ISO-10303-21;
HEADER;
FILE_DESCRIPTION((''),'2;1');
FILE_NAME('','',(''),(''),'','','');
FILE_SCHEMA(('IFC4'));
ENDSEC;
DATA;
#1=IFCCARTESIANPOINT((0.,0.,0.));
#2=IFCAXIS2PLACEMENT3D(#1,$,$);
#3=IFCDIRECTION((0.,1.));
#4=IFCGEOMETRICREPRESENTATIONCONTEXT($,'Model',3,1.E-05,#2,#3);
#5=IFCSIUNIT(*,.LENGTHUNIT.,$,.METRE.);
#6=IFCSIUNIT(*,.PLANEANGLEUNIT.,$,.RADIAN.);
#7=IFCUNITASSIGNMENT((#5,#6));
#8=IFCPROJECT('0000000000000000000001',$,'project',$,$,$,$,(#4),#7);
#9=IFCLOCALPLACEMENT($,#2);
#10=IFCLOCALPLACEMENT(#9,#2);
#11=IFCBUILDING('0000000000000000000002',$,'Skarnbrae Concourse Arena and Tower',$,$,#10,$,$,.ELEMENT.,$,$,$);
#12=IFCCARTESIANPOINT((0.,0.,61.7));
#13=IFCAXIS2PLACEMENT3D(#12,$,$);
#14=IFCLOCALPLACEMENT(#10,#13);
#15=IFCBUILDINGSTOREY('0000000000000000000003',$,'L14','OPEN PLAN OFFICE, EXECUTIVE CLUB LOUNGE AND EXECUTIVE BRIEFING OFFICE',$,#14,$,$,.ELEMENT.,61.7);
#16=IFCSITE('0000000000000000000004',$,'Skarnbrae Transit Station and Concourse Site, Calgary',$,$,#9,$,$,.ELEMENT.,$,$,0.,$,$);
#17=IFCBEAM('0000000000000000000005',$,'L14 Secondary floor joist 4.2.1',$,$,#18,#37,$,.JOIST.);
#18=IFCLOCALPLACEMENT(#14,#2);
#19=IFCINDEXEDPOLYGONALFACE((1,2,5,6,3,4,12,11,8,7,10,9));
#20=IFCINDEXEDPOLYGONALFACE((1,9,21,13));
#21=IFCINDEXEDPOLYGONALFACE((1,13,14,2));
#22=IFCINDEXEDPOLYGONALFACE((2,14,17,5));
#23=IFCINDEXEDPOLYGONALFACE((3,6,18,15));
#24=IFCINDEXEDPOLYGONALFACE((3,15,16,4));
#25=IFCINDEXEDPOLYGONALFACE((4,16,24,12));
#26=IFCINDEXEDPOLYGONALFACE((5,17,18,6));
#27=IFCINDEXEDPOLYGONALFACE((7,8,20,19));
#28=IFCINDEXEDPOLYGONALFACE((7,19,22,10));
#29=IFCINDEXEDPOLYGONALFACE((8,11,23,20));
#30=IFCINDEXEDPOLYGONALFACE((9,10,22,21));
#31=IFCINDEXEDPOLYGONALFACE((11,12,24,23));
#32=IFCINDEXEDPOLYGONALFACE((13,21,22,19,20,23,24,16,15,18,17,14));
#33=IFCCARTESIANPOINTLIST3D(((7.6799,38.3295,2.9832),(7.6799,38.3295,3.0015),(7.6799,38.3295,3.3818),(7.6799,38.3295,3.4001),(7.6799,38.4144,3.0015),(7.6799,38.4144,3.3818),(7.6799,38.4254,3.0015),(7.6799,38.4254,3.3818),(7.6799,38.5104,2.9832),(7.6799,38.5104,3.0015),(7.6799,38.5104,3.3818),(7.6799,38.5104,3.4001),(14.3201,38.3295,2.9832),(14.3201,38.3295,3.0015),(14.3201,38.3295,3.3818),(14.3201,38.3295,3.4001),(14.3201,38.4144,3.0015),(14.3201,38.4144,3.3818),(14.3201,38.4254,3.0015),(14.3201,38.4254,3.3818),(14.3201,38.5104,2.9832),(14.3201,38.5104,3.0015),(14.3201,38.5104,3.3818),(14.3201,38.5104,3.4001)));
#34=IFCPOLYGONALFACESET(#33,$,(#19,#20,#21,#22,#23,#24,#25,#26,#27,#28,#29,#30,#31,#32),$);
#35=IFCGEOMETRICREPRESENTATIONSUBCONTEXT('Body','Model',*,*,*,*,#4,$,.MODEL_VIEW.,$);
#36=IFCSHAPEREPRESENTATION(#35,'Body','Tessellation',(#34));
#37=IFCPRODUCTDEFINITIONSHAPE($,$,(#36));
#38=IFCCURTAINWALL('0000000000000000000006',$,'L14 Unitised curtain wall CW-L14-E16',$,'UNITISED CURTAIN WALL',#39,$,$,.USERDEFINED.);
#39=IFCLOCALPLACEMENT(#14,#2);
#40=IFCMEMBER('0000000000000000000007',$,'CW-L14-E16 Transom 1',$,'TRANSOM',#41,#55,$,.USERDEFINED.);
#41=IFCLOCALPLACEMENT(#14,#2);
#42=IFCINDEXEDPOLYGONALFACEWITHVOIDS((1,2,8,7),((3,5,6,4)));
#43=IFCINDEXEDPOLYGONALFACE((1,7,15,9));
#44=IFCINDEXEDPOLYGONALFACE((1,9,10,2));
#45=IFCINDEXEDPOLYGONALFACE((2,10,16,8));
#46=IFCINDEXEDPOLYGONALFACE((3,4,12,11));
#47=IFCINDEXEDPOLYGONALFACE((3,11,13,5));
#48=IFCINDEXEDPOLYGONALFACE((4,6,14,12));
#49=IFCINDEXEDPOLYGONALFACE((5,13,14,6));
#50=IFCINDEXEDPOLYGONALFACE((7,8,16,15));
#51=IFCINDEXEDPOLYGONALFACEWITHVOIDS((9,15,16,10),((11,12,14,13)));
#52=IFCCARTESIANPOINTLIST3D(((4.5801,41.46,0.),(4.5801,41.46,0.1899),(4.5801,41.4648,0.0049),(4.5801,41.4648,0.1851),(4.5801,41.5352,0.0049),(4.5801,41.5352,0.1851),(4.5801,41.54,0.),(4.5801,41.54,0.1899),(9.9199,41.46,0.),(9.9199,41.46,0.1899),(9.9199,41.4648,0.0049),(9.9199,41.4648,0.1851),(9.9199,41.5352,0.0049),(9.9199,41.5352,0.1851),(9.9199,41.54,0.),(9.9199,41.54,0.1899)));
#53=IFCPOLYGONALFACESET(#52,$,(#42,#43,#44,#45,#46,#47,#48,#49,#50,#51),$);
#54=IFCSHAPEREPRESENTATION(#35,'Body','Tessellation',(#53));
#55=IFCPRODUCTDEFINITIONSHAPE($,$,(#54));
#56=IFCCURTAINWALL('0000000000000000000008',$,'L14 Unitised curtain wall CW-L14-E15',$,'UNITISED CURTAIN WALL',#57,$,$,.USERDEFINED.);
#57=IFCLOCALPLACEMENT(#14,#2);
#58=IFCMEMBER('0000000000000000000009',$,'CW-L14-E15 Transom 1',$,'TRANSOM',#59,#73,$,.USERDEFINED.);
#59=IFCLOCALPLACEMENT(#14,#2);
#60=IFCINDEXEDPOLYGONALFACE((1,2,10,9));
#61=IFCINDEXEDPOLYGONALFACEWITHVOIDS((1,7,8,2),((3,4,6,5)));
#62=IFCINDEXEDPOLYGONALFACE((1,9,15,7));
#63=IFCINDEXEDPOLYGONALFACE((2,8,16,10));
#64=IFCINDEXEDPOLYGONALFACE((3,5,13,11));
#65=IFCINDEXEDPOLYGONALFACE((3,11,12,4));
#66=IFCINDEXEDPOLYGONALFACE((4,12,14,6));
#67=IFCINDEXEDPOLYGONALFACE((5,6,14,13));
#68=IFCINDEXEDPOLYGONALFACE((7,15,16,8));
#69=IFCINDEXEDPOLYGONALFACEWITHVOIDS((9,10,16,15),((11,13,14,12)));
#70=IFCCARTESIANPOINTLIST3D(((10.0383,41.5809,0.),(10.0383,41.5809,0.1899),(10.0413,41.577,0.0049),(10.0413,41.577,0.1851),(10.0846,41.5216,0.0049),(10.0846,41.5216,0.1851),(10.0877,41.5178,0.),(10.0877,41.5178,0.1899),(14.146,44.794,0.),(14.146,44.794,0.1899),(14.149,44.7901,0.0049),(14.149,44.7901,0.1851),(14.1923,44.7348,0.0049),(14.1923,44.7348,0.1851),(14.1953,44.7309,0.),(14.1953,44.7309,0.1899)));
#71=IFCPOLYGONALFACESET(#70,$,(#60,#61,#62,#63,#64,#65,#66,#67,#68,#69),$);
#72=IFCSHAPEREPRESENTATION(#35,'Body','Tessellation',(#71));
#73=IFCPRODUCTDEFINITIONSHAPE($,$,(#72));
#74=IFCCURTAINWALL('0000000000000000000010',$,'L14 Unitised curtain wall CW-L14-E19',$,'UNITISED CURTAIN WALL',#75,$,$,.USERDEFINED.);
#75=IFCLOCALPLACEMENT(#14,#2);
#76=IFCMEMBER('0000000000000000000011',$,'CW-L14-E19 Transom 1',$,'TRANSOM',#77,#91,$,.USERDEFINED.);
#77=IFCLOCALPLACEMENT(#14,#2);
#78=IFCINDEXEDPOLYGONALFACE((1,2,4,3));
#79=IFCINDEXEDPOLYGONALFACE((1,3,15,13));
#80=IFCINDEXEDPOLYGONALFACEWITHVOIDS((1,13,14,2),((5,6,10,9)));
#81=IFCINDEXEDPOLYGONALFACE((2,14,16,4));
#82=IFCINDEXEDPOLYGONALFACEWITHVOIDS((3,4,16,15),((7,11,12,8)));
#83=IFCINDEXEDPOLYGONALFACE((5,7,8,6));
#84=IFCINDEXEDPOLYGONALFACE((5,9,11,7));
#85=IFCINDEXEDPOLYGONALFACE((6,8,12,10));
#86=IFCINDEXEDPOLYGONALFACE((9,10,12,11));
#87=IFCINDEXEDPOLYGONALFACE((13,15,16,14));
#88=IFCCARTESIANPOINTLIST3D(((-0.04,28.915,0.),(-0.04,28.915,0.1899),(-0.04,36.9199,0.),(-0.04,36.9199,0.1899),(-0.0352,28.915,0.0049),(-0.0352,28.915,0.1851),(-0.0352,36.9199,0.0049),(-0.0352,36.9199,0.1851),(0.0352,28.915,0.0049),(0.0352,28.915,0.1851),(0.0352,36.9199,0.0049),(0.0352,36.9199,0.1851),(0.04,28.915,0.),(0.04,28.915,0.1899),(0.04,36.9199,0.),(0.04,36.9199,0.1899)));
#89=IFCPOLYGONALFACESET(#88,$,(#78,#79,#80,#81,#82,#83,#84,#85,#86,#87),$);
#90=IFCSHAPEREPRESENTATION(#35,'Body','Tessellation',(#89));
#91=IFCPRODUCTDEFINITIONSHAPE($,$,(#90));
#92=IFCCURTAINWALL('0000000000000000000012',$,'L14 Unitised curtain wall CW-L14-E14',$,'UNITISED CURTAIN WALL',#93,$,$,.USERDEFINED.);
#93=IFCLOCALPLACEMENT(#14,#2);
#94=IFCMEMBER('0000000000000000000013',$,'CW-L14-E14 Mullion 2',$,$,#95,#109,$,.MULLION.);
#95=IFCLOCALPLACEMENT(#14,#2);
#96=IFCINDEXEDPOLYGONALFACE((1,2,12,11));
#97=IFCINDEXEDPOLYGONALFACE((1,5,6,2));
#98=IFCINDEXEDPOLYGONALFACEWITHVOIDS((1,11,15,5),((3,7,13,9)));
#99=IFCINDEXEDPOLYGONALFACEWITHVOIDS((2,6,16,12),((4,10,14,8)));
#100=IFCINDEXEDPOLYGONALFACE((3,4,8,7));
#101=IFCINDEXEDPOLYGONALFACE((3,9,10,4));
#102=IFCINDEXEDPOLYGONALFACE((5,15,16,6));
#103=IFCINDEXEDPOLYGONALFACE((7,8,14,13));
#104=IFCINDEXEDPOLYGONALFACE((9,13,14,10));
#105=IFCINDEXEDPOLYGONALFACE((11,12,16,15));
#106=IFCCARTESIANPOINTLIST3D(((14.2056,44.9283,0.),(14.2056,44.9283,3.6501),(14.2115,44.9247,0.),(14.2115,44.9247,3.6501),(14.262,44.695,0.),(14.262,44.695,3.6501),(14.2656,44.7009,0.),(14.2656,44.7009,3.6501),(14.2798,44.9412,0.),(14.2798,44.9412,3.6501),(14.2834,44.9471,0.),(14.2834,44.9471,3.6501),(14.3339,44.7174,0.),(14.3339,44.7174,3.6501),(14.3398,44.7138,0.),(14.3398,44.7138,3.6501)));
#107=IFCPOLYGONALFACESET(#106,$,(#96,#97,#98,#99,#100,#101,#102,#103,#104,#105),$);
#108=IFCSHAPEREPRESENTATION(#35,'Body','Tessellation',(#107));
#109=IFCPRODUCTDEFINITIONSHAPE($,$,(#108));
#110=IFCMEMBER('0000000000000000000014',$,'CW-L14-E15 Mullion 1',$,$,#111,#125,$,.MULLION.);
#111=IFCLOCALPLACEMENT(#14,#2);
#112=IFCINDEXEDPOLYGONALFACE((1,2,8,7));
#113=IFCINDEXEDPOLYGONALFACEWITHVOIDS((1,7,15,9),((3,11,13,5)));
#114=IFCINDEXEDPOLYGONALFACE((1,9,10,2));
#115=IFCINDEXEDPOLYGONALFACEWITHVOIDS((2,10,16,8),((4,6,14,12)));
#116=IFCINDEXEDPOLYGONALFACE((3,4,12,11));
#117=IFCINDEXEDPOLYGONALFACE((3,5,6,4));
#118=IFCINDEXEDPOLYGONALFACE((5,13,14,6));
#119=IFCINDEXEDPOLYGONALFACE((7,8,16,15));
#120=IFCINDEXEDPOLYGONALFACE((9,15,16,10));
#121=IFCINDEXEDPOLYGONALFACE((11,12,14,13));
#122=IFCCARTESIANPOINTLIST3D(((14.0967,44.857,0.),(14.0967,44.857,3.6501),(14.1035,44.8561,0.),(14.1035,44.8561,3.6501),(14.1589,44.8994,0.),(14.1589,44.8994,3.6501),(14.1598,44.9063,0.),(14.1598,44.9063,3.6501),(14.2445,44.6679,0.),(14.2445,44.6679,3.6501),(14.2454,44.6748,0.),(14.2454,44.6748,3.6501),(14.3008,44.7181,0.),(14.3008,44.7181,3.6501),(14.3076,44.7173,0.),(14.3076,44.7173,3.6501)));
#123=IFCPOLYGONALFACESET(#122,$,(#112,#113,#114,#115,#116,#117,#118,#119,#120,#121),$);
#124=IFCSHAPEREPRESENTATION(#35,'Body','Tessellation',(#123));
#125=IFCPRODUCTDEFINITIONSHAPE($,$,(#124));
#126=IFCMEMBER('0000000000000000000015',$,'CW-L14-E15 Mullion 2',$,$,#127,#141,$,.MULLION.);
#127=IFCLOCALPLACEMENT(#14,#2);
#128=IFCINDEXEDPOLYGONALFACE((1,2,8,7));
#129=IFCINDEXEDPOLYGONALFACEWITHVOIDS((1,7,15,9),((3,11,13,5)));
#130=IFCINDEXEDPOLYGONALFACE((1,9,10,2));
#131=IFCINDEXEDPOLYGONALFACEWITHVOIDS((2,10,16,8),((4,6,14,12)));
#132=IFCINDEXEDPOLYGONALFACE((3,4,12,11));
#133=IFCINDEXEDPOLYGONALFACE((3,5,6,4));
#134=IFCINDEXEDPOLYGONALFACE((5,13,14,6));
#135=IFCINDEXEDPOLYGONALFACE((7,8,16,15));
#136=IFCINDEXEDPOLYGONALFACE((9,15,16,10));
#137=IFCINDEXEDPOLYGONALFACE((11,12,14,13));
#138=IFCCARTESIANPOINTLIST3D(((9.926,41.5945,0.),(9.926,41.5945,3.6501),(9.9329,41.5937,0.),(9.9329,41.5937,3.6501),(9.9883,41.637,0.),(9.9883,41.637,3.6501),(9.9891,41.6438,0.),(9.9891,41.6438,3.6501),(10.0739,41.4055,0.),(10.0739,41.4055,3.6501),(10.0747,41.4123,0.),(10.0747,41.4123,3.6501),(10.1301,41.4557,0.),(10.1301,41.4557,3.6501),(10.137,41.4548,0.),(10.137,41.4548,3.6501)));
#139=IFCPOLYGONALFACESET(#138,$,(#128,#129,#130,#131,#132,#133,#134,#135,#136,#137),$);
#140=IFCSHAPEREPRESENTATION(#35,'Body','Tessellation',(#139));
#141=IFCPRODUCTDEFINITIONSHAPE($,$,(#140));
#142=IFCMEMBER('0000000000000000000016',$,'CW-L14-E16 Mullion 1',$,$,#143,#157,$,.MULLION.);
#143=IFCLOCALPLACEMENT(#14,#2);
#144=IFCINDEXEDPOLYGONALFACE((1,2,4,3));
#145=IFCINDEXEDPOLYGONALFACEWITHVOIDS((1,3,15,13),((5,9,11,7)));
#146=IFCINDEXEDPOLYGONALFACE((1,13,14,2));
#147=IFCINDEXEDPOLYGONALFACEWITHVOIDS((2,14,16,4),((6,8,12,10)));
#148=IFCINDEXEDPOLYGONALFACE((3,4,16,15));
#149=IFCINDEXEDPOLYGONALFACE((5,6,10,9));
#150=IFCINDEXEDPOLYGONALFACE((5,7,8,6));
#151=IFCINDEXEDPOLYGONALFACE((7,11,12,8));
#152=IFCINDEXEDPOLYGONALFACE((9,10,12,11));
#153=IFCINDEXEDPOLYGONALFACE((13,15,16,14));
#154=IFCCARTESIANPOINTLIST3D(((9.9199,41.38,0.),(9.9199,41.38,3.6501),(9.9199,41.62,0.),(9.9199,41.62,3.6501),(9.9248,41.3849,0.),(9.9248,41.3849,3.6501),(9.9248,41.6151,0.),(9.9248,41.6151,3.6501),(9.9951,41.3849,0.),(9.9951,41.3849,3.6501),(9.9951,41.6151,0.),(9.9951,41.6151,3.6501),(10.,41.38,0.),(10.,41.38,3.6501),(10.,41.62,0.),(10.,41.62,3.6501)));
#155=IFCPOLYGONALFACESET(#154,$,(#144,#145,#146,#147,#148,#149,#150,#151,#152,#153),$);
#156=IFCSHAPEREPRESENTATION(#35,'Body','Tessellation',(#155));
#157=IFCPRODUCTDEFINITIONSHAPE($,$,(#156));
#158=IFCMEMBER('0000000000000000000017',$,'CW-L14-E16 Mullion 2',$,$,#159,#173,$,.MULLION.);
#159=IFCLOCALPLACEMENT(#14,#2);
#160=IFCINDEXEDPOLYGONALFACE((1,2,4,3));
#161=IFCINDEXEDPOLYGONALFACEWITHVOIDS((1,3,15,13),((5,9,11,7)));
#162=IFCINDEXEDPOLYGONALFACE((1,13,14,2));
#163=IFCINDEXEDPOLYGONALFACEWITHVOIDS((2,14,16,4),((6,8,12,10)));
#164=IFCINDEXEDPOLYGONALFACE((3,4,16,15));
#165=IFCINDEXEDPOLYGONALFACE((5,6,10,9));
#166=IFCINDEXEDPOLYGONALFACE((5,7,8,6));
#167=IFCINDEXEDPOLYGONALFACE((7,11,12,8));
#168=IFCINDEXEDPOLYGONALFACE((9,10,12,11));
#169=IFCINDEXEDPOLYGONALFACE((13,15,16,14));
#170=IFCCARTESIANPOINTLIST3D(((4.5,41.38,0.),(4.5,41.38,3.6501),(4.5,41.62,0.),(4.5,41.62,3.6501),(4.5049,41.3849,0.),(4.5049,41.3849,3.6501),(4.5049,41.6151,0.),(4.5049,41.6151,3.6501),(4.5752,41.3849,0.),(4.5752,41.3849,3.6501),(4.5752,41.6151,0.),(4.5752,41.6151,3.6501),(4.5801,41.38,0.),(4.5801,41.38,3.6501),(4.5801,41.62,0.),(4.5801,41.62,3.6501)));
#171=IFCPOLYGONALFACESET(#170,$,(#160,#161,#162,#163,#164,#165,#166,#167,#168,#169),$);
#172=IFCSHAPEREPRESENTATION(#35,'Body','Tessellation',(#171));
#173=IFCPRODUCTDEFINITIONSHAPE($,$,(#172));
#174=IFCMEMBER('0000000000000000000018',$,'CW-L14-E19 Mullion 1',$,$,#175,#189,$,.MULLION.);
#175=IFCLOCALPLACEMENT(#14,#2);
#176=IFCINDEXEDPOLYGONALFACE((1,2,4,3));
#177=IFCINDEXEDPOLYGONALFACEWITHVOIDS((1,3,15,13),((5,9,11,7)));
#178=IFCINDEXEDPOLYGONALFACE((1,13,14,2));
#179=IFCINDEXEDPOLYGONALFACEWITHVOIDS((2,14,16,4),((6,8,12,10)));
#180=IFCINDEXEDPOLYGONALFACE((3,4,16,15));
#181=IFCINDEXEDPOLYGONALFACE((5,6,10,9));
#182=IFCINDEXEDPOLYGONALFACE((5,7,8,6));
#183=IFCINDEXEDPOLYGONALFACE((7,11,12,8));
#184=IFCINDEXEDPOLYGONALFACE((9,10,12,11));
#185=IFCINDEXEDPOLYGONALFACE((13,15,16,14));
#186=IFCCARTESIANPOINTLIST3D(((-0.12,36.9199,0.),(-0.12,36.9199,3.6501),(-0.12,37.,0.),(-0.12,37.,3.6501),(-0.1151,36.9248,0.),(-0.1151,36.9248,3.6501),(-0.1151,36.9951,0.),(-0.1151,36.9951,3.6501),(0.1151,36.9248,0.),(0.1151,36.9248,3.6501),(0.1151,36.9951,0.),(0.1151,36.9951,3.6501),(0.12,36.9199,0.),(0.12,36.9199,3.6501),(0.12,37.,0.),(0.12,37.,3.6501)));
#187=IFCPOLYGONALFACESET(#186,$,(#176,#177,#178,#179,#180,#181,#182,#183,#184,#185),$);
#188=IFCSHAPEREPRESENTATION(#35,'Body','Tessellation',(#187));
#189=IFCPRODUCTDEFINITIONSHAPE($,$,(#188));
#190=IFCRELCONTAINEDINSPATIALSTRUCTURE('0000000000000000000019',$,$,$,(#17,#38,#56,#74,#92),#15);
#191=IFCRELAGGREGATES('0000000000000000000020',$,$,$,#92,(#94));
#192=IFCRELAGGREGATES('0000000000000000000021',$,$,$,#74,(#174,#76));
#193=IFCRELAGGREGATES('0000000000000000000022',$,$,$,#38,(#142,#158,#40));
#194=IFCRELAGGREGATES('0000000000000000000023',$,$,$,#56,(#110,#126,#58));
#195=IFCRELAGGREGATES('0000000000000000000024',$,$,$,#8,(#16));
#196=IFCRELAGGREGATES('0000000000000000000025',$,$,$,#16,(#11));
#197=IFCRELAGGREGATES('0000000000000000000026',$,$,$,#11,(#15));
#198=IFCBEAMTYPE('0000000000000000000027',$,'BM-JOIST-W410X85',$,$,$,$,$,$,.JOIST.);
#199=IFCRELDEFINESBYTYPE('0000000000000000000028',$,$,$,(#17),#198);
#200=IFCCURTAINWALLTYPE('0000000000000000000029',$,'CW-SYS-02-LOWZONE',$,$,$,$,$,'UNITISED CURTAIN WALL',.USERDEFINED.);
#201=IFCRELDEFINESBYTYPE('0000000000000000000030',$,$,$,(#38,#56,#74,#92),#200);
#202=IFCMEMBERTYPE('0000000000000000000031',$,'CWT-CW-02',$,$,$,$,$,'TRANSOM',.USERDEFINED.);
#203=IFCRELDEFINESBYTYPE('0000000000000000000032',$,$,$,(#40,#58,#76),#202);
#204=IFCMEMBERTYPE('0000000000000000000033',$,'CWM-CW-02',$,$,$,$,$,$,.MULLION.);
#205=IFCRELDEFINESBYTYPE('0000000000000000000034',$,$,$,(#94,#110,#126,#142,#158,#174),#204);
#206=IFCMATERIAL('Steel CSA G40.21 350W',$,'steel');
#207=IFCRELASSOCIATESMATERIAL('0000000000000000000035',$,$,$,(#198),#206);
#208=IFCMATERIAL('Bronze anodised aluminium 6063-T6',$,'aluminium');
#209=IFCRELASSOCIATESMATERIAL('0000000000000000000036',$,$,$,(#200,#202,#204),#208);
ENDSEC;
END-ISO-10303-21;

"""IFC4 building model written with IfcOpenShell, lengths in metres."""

from ifc_helpers import new_model, si_unit, direction, frame, origin, origin_2d, place, context, subcontext, project, spatial, hollow_rectangle, i_section, extrude, source, transform, mapped, material, material_profile, profile_set, type_object, element, aggregate, save


model = new_model("IFC4")

# Units and contexts
model_context = context("Model", 3, precision=1e-05, world=origin(), true_north=direction((0.0, 1.0)))
body_context = subcontext(model_context, "Body", "Model", "MODEL_VIEW")
ifc_project = project(units=[si_unit("LENGTHUNIT", "METRE"), si_unit("PLANEANGLEUNIT", "RADIAN")], contexts=[model_context])

# Site, building, storey
site_placement = place(None, origin())
site = spatial("IfcSite", under=ifc_project, at=site_placement, Name="Skarnbrae Transit Station and Concourse Site, Calgary", CompositionType="ELEMENT", RefElevation=0.0)
building_placement = place(site_placement, origin())
building = spatial("IfcBuilding", under=site, at=building_placement, Name="Skarnbrae Concourse Arena and Tower", CompositionType="ELEMENT")
storey_placement = place(building_placement, frame((0.0, 0.0, 61.7)))
storey = spatial("IfcBuildingStorey", under=building, at=storey_placement, Name="L14", Description="OPEN PLAN OFFICE, EXECUTIVE CLUB LOUNGE AND EXECUTIVE BRIEFING OFFICE", CompositionType="ELEMENT", Elevation=61.7)

# Shared definitions
ifc_material_1 = material(Name="Steel CSA G40.21 350W", Category="steel")

# Beam
ifc_material_profile_1 = material_profile(ifc_material_1, i_section(OverallWidth=0.1809, OverallDepth=0.417, WebThickness=0.011, FlangeThickness=0.0183, at=origin_2d()), Name="W410X85")
ifc_profile_set_1 = profile_set([ifc_material_profile_1], Name="Steel CSA G40.21 350W")
beam_type_1 = type_object("IfcBeamType", Name="BM-JOIST-W410X85", PredefinedType="JOIST", material=ifc_profile_set_1)
shared_shape_1 = source(origin(), body_context, "Body", "SweptSolid", [
    extrude(i_section(OverallWidth=0.1809, OverallDepth=0.417, WebThickness=0.011, FlangeThickness=0.0183, at=origin_2d()), origin(), (0.0, 0.0, 1.0), 6.6401),
])
for number, where, z_axis, x_axis, name in (
    (1, (7.6799, 38.4199, 3.1917), (1.0, 0.0, 0.0), (0.0, 1.0, 0.0), "L14 Secondary floor joist 4.2.1"),
):
    element("IfcBeam", number, at=place(storey_placement, frame(where, z_axis=z_axis, x_axis=x_axis)), inside=storey, type_object=beam_type_1, Name=name, PredefinedType="JOIST", context=body_context, shape_type="MappedRepresentation", body=[
        mapped(shared_shape_1, transform((0.0, 0.0, 0.0))),
    ])

# Curtain walls, members
ifc_material_2 = material(Name="Bronze anodised aluminium 6063-T6", Category="aluminium")
curtain_wall_type = type_object("IfcCurtainWallType", Name="CW-SYS-02-LOWZONE", ElementType="UNITISED CURTAIN WALL", PredefinedType="USERDEFINED", material=ifc_material_2)
curtain_wall_1_placement = place(storey_placement, origin())
curtain_wall_1 = element("IfcCurtainWall", 2, at=curtain_wall_1_placement, inside=storey, type_object=curtain_wall_type, Name="L14 Unitised curtain wall CW-L14-E16", ObjectType="UNITISED CURTAIN WALL", PredefinedType="USERDEFINED")
ifc_material_profile_2 = material_profile(ifc_material_2, hollow_rectangle(XDim=0.0801, YDim=0.1899, WallThickness=0.0049, at=origin_2d()), Name="ALU-TRAN-80X190")
ifc_profile_set_2 = profile_set([ifc_material_profile_2], Name="Bronze anodised aluminium 6063-T6")
member_type_1 = type_object("IfcMemberType", Name="CWT-CW-02", ElementType="TRANSOM", PredefinedType="USERDEFINED", material=ifc_profile_set_2)
shared_shape_2 = source(origin(), body_context, "Body", "SweptSolid", [
    extrude(hollow_rectangle(XDim=0.0801, YDim=0.1899, WallThickness=0.0049, at=origin_2d()), origin(), (0.0, 0.0, 1.0), 5.3398),
])
member_1_placement = place(storey_placement, frame((9.9199, 41.5, 0.095), z_axis=(-1.0, 0.0, 0.0), x_axis=(0.0, -1.0, 0.0)))
member_1 = element("IfcMember", 3, at=member_1_placement, type_object=member_type_1, Name="CW-L14-E16 Transom 1", ObjectType="TRANSOM", PredefinedType="USERDEFINED", context=body_context, shape_type="MappedRepresentation", body=[
    mapped(shared_shape_2, transform((0.0, 0.0, 0.0))),
])
curtain_wall_2_placement = place(storey_placement, origin())
curtain_wall_2 = element("IfcCurtainWall", 4, at=curtain_wall_2_placement, inside=storey, type_object=curtain_wall_type, Name="L14 Unitised curtain wall CW-L14-E15", ObjectType="UNITISED CURTAIN WALL", PredefinedType="USERDEFINED")
shared_shape_3 = source(origin(), body_context, "Body", "SweptSolid", [
    extrude(hollow_rectangle(XDim=0.0801, YDim=0.1899, WallThickness=0.0049, at=origin_2d()), origin(), (0.0, 0.0, 1.0), 5.2151),
])
member_2_placement = place(storey_placement, frame((14.1707, 44.7625, 0.095), z_axis=(-0.78765, -0.616123, 0.0), x_axis=(0.616123, -0.78765, 0.0)))
member_2 = element("IfcMember", 5, at=member_2_placement, type_object=member_type_1, Name="CW-L14-E15 Transom 1", ObjectType="TRANSOM", PredefinedType="USERDEFINED", context=body_context, shape_type="MappedRepresentation", body=[
    mapped(shared_shape_3, transform((0.0, 0.0, 0.0))),
])
curtain_wall_3_placement = place(storey_placement, origin())
curtain_wall_3 = element("IfcCurtainWall", 6, at=curtain_wall_3_placement, inside=storey, type_object=curtain_wall_type, Name="L14 Unitised curtain wall CW-L14-E19", ObjectType="UNITISED CURTAIN WALL", PredefinedType="USERDEFINED")
shared_shape_4 = source(origin(), body_context, "Body", "SweptSolid", [
    extrude(hollow_rectangle(XDim=0.0801, YDim=0.1899, WallThickness=0.0049, at=origin_2d()), origin(), (0.0, 0.0, 1.0), 8.0049),
])
member_3_placement = place(storey_placement, frame((0.0, 36.9199, 0.095), z_axis=(0.0, -1.0, 0.0), x_axis=(1.0, 0.0, 0.0)))
member_3 = element("IfcMember", 7, at=member_3_placement, type_object=member_type_1, Name="CW-L14-E19 Transom 1", ObjectType="TRANSOM", PredefinedType="USERDEFINED", context=body_context, shape_type="MappedRepresentation", body=[
    mapped(shared_shape_4, transform((0.0, 0.0, 0.0))),
])
curtain_wall_4_placement = place(storey_placement, origin())
curtain_wall_4 = element("IfcCurtainWall", 8, at=curtain_wall_4_placement, inside=storey, type_object=curtain_wall_type, Name="L14 Unitised curtain wall CW-L14-E14", ObjectType="UNITISED CURTAIN WALL", PredefinedType="USERDEFINED")
ifc_material_profile_3 = material_profile(ifc_material_2, hollow_rectangle(XDim=0.0801, YDim=0.24, WallThickness=0.0049, at=origin_2d()), Name="ALU-MULL-80X240")
ifc_profile_set_3 = profile_set([ifc_material_profile_3], Name="Bronze anodised aluminium 6063-T6")
member_type_2 = type_object("IfcMemberType", Name="CWM-CW-02", PredefinedType="MULLION", material=ifc_profile_set_3)
shared_shape_5 = source(origin(), body_context, "Body", "SweptSolid", [
    extrude(hollow_rectangle(XDim=0.0801, YDim=0.24, WallThickness=0.0049, at=origin_2d()), origin(), (0.0, 0.0, 1.0), 3.6501),
])
member_4_placement = place(storey_placement, frame((14.2727, 44.821, 0.0), z_axis=(0.0, 0.0, 1.0), x_axis=(-0.971974, -0.23509, 0.0)))
member_4 = element("IfcMember", 9, at=member_4_placement, type_object=member_type_2, Name="CW-L14-E14 Mullion 2", PredefinedType="MULLION", context=body_context, shape_type="MappedRepresentation", body=[
    mapped(shared_shape_5, transform((0.0, 0.0, 0.0))),
])
aggregate(curtain_wall_4, [member_4])

# Members
member_5_placement = place(storey_placement, frame((14.2021, 44.7871, 0.0), z_axis=(0.0, 0.0, 1.0), x_axis=(-0.787652, -0.616121, 0.0)))
member_5 = element("IfcMember", 10, at=member_5_placement, type_object=member_type_2, Name="CW-L14-E15 Mullion 1", PredefinedType="MULLION", context=body_context, shape_type="MappedRepresentation", body=[
    mapped(shared_shape_5, transform((0.0, 0.0, 0.0))),
])
member_6_placement = place(storey_placement, frame((10.0315, 41.5247, 0.0), z_axis=(0.0, 0.0, 1.0), x_axis=(-0.787652, -0.616121, 0.0)))
member_6 = element("IfcMember", 11, at=member_6_placement, type_object=member_type_2, Name="CW-L14-E15 Mullion 2", PredefinedType="MULLION", context=body_context, shape_type="MappedRepresentation", body=[
    mapped(shared_shape_5, transform((0.0, 0.0, 0.0))),
])
member_7_placement = place(storey_placement, frame((9.96, 41.5, 0.0), z_axis=(0.0, 0.0, 1.0), x_axis=(-1.0, 0.0, 0.0)))
member_7 = element("IfcMember", 12, at=member_7_placement, type_object=member_type_2, Name="CW-L14-E16 Mullion 1", PredefinedType="MULLION", context=body_context, shape_type="MappedRepresentation", body=[
    mapped(shared_shape_5, transform((0.0, 0.0, 0.0))),
])
member_8_placement = place(storey_placement, frame((4.54, 41.5, 0.0), z_axis=(0.0, 0.0, 1.0), x_axis=(-1.0, 0.0, 0.0)))
member_8 = element("IfcMember", 13, at=member_8_placement, type_object=member_type_2, Name="CW-L14-E16 Mullion 2", PredefinedType="MULLION", context=body_context, shape_type="MappedRepresentation", body=[
    mapped(shared_shape_5, transform((0.0, 0.0, 0.0))),
])
member_9_placement = place(storey_placement, frame((0.0, 36.96, 0.0), z_axis=(0.0, 0.0, 1.0), x_axis=(0.0, -1.0, 0.0)))
member_9 = element("IfcMember", 14, at=member_9_placement, type_object=member_type_2, Name="CW-L14-E19 Mullion 1", PredefinedType="MULLION", context=body_context, shape_type="MappedRepresentation", body=[
    mapped(shared_shape_5, transform((0.0, 0.0, 0.0))),
])
aggregate(curtain_wall_3, [member_9, member_3])

aggregate(curtain_wall_1, [member_7, member_8, member_1])
aggregate(curtain_wall_2, [member_5, member_6, member_2])

save(model, "model.ifc")
